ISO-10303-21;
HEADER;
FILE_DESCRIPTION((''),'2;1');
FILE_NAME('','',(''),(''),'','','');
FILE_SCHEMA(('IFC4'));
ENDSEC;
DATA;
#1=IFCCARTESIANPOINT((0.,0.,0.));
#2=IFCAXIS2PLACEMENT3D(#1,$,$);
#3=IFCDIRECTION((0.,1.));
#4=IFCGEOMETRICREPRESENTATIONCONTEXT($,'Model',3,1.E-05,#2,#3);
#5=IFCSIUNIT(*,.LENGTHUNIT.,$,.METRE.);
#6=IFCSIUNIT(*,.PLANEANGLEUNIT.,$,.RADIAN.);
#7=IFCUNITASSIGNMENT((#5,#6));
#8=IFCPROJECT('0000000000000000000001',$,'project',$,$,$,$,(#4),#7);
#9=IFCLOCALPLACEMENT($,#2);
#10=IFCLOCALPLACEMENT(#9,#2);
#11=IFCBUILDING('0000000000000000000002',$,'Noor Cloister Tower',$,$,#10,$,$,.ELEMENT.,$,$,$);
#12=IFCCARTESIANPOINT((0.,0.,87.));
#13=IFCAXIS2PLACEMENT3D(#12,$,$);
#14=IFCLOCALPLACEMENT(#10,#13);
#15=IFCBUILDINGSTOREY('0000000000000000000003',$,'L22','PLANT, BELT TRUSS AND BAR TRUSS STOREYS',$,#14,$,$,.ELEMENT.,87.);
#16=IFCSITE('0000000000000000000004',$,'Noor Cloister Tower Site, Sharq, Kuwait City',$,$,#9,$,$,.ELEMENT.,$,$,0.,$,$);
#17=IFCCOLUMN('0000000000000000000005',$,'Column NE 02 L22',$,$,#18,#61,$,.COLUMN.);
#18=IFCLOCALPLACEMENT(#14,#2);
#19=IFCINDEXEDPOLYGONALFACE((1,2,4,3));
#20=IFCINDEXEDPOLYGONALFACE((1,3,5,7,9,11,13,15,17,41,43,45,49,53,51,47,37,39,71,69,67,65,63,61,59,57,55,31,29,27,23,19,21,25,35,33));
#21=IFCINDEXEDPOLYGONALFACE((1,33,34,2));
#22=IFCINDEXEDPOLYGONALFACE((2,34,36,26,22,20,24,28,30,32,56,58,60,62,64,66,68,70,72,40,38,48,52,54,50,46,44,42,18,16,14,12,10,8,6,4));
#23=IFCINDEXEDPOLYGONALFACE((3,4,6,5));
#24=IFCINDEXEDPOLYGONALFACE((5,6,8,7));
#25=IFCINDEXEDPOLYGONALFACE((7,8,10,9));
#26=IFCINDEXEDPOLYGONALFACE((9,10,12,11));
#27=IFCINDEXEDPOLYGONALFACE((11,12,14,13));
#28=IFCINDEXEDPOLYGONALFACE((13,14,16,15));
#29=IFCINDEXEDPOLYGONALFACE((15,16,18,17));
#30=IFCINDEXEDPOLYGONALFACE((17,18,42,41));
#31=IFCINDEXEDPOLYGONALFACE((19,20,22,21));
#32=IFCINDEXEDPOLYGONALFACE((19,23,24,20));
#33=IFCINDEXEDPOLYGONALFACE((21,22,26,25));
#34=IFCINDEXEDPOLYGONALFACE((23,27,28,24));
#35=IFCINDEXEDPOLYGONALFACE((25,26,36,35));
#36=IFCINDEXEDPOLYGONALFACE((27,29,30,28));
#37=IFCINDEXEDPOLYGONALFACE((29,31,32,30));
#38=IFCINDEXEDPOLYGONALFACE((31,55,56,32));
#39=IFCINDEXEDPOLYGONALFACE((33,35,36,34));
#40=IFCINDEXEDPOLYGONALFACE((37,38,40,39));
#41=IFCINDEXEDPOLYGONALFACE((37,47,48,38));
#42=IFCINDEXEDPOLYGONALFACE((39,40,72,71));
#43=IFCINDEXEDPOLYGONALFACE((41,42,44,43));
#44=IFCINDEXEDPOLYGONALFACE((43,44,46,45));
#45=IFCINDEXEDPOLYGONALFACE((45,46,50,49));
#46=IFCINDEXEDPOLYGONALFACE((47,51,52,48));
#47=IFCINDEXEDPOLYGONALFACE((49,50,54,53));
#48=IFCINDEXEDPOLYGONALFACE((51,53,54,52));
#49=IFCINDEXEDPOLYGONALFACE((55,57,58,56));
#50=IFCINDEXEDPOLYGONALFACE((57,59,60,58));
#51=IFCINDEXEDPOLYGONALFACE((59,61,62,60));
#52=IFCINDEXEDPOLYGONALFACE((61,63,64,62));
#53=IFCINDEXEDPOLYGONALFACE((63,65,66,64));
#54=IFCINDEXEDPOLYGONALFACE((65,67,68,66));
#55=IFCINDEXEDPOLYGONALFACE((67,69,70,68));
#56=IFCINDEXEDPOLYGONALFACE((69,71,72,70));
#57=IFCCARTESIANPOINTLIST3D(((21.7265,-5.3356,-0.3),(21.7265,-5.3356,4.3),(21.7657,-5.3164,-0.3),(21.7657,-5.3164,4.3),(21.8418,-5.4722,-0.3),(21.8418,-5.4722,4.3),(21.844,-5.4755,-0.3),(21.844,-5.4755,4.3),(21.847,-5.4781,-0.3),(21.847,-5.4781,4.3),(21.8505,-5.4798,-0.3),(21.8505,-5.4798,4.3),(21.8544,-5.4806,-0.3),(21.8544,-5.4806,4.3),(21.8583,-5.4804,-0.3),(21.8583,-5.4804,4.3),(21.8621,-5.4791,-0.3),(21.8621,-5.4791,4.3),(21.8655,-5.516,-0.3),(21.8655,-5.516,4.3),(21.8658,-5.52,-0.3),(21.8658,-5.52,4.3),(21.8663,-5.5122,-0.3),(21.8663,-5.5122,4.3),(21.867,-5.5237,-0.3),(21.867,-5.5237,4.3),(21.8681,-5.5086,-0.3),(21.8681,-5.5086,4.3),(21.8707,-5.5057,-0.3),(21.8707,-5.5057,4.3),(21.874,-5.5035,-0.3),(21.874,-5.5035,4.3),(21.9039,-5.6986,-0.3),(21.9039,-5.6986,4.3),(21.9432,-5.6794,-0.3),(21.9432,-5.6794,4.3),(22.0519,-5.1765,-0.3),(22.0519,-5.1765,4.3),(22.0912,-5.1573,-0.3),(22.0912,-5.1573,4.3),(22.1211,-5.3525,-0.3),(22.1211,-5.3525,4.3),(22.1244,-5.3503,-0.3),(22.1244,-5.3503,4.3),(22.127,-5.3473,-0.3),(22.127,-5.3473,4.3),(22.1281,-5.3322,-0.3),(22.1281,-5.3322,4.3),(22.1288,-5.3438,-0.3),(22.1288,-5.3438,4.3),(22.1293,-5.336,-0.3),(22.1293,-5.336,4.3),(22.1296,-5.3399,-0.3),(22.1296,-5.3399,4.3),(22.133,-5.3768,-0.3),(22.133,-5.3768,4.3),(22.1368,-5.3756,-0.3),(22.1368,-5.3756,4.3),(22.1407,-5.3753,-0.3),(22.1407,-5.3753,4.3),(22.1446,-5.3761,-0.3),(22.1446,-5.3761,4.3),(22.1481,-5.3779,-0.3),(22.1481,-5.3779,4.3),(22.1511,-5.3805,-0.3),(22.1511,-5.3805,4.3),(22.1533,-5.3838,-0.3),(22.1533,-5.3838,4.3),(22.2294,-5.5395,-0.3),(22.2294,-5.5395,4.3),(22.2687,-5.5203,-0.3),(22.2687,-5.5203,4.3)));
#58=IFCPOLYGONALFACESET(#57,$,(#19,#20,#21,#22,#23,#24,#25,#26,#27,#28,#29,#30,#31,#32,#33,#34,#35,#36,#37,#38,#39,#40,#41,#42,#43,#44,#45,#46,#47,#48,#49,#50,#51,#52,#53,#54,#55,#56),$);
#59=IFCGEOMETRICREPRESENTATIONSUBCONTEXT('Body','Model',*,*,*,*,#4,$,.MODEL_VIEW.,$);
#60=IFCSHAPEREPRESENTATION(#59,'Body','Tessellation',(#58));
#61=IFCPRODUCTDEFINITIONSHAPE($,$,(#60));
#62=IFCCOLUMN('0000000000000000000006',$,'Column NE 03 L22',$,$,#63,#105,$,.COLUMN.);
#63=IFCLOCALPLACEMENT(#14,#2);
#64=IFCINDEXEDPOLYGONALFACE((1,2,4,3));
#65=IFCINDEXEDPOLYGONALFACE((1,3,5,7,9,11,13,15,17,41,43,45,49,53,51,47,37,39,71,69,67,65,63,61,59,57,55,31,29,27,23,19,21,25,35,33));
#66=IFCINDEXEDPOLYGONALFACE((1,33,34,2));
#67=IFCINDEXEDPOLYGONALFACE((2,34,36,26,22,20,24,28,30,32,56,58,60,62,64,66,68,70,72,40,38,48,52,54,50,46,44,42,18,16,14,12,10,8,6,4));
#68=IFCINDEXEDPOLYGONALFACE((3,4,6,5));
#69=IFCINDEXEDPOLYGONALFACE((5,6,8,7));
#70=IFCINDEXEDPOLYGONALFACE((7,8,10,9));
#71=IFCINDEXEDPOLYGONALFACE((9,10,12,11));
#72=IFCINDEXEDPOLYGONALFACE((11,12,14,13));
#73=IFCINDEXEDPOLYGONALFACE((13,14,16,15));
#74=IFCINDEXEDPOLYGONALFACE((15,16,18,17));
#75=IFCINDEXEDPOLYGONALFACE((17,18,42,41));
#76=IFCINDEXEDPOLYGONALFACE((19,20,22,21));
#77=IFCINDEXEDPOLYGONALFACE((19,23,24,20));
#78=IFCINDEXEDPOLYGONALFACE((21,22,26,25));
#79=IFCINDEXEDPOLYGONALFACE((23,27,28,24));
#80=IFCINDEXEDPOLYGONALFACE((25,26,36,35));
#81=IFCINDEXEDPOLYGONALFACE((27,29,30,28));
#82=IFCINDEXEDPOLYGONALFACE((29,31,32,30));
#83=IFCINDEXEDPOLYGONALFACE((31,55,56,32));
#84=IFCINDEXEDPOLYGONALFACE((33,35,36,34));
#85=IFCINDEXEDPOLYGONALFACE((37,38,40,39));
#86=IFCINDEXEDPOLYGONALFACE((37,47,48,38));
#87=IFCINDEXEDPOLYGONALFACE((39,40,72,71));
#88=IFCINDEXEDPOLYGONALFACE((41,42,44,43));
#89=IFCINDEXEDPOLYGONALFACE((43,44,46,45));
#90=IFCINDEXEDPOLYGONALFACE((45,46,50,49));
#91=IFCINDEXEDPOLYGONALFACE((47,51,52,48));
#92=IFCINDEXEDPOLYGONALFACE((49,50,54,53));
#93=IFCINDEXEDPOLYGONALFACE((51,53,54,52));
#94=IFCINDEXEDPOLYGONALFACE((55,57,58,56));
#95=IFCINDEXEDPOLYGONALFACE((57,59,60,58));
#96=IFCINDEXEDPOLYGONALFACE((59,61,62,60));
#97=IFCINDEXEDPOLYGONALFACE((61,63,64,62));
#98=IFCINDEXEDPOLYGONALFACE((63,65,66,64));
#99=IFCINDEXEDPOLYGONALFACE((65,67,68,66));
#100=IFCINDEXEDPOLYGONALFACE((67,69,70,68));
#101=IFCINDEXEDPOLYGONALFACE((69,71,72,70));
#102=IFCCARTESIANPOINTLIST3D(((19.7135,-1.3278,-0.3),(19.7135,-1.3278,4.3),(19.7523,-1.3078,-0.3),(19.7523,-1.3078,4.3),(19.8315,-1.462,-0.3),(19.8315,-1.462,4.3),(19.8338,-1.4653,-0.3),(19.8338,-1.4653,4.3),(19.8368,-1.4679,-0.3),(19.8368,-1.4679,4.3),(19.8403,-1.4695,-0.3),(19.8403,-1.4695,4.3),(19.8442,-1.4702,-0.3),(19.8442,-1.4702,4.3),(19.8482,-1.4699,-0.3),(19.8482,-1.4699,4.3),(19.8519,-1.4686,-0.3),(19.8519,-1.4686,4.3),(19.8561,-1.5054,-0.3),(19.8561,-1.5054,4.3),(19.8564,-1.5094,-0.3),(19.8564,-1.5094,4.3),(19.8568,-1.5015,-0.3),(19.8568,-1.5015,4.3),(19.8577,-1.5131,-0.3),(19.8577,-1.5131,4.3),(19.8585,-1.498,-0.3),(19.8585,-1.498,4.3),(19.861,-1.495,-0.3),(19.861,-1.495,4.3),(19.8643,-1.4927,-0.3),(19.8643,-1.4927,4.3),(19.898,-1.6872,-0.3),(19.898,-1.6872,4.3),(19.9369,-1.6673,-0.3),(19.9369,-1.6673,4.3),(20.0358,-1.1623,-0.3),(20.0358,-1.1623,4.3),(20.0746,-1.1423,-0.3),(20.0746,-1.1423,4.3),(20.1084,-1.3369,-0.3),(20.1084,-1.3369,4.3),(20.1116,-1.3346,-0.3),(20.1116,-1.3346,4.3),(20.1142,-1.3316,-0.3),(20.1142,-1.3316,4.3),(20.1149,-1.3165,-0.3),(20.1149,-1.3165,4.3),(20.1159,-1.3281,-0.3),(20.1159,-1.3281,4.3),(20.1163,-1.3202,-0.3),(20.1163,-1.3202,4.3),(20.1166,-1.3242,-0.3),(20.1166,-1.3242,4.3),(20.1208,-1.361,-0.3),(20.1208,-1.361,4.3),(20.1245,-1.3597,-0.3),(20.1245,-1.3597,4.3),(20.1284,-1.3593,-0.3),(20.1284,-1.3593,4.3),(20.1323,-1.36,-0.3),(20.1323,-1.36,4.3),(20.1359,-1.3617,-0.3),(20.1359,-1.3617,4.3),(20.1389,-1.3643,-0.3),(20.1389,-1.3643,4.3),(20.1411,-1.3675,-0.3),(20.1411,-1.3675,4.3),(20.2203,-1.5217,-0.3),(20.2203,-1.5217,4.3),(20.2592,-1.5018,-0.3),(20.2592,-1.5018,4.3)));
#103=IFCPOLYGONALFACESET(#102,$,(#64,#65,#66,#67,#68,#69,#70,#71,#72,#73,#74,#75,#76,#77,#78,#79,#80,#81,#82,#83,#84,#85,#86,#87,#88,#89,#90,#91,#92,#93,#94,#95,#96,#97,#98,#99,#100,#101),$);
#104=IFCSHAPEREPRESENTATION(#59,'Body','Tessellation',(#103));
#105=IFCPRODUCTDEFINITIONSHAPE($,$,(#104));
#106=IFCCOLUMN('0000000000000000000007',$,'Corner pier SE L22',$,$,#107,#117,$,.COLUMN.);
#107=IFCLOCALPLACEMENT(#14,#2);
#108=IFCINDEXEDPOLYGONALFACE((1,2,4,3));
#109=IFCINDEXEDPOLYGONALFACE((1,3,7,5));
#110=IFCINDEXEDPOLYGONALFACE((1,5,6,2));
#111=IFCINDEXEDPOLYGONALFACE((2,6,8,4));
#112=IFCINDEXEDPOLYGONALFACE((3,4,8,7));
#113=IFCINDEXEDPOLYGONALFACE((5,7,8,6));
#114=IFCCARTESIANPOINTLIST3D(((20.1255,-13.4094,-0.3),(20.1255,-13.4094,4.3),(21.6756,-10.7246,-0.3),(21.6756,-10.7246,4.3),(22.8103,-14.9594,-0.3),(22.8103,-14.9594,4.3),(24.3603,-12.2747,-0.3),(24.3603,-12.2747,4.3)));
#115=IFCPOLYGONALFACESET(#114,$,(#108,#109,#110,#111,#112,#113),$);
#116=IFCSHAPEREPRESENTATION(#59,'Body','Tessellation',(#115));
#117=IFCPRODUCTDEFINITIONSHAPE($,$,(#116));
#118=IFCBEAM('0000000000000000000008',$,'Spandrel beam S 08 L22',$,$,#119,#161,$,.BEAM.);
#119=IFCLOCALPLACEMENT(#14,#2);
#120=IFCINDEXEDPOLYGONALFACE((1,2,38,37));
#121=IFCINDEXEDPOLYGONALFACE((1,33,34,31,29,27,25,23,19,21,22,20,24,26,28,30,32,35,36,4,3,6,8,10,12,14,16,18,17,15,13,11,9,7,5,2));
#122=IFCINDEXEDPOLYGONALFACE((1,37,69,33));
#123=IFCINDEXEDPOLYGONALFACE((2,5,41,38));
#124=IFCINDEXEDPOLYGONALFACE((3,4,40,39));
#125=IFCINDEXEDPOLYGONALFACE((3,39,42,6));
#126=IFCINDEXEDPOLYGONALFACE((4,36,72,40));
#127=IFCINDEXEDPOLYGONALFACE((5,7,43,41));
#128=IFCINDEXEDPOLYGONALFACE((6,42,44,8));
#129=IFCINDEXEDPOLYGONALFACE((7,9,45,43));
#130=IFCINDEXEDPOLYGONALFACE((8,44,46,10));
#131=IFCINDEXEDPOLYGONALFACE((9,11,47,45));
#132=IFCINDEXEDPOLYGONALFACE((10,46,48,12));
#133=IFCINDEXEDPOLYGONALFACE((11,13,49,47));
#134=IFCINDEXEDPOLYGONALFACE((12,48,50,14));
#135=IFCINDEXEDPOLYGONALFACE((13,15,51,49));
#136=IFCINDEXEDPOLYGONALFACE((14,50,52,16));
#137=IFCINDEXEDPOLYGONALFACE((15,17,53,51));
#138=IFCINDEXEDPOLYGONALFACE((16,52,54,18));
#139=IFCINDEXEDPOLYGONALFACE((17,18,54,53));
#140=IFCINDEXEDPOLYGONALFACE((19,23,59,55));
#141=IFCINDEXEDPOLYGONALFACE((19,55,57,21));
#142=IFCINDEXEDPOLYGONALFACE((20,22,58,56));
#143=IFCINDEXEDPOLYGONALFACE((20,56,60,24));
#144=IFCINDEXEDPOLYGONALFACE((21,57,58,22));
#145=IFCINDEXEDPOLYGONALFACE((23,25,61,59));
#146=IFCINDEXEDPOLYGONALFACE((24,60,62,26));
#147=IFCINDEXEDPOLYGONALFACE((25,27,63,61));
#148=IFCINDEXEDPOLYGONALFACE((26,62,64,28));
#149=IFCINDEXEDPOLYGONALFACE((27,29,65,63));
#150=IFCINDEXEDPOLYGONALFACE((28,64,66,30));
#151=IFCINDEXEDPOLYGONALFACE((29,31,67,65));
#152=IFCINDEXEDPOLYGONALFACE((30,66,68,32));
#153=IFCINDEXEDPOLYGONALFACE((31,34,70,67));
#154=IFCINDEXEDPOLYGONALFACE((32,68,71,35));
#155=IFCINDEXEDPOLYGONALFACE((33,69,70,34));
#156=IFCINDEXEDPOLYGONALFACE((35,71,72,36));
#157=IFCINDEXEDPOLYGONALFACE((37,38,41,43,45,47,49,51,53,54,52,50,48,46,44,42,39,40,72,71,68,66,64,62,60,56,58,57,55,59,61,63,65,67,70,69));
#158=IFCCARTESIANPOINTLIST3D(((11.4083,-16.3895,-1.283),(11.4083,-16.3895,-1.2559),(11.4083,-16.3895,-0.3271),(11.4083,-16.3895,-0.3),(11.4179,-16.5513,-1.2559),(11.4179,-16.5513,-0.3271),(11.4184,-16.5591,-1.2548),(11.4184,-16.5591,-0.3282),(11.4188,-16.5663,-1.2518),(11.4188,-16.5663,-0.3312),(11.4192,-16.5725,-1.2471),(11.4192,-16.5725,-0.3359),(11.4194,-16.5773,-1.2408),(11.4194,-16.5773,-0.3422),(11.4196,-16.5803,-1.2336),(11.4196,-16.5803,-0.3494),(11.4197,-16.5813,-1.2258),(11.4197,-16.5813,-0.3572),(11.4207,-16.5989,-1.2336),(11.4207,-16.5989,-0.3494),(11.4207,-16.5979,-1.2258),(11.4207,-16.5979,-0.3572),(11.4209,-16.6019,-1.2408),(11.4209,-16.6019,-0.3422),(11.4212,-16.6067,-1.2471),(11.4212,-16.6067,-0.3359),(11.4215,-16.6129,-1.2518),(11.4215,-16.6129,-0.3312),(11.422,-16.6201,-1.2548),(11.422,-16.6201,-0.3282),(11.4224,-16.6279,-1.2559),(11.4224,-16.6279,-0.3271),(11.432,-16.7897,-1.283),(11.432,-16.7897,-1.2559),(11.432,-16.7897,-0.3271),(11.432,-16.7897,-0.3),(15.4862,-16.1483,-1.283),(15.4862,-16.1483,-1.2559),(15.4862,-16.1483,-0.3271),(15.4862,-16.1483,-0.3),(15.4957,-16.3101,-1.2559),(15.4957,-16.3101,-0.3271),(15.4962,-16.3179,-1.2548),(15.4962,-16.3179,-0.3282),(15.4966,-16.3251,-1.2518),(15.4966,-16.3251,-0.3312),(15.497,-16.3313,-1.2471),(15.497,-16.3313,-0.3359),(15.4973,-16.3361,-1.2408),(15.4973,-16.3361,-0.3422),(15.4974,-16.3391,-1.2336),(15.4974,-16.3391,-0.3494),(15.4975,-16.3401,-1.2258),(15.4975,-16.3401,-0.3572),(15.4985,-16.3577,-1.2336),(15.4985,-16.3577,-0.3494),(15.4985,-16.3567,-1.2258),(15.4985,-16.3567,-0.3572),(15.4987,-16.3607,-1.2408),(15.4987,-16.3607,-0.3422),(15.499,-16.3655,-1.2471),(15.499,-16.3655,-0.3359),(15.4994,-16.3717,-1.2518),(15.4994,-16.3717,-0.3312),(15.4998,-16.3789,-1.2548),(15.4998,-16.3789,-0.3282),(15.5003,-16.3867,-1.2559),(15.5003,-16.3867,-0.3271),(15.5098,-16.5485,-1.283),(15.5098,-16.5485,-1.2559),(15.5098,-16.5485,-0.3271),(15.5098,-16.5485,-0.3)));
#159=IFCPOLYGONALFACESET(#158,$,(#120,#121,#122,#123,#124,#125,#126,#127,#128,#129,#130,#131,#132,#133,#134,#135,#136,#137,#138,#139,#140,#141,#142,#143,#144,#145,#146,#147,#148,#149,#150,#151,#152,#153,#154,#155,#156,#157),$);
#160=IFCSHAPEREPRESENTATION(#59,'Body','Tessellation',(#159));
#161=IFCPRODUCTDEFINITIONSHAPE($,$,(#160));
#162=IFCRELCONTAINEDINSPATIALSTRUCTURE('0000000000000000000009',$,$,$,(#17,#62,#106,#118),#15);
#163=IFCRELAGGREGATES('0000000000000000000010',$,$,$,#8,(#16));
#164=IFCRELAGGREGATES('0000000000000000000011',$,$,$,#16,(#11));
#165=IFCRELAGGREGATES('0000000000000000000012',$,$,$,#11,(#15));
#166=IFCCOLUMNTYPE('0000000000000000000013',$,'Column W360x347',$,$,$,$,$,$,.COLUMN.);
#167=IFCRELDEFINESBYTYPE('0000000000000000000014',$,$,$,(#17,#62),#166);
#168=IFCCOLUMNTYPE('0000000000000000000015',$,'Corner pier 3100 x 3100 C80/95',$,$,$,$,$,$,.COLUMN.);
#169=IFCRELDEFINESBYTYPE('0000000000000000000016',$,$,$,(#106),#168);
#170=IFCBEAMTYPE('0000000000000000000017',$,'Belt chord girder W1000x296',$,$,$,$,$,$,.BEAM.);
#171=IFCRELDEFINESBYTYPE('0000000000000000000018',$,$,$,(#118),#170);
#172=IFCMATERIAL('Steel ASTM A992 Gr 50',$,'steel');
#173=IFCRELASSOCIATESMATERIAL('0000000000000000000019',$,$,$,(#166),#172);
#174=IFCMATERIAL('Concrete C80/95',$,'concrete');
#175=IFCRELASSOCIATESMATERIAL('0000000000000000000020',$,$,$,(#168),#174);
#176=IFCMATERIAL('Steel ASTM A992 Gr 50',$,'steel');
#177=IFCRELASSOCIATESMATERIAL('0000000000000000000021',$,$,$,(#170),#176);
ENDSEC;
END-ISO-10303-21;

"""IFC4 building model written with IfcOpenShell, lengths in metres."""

from ifc_helpers import new_model, si_unit, direction, frame, origin, origin_2d, place, context, subcontext, project, spatial, rectangle, i_section, extrude, material, material_profile, profile_set, type_object, element, save


model = new_model("IFC4")

# Units and contexts
model_context = context("Model", 3, precision=1e-05, world=origin(), true_north=direction((0.0, 1.0)))
body_context = subcontext(model_context, "Body", "Model", "MODEL_VIEW")
ifc_project = project(units=[si_unit("LENGTHUNIT", "METRE"), si_unit("PLANEANGLEUNIT", "RADIAN")], contexts=[model_context])

# Site, building, storey
site_placement = place(None, origin())
site = spatial("IfcSite", under=ifc_project, at=site_placement, Name="Noor Cloister Tower Site, Sharq, Kuwait City", CompositionType="ELEMENT", RefElevation=0.0)
building_placement = place(site_placement, origin())
building = spatial("IfcBuilding", under=site, at=building_placement, Name="Noor Cloister Tower", CompositionType="ELEMENT")
storey_placement = place(building_placement, frame((0.0, 0.0, 87.0)))
storey = spatial("IfcBuildingStorey", under=building, at=storey_placement, Name="L22", Description="PLANT, BELT TRUSS AND BAR TRUSS STOREYS", CompositionType="ELEMENT", Elevation=87.0)

# Columns
ifc_material_1 = material(Name="Steel ASTM A992 Gr 50", Category="steel")
ifc_material_profile_1 = material_profile(ifc_material_1, i_section(OverallWidth=0.4041, OverallDepth=0.406, WebThickness=0.0271, FlangeThickness=0.0437, FilletRadius=0.0151, at=origin_2d()), Name="W360x347")
ifc_profile_set_1 = profile_set([ifc_material_profile_1], Name="Steel ASTM A992 Gr 50")
column_type_1 = type_object("IfcColumnType", Name="Column W360x347", PredefinedType="COLUMN", material=ifc_profile_set_1)
for number, where, z_axis, x_axis, name in (
    (1, (21.9976, -5.428, -0.3), (0.0, 0.0, 1.0), (-0.439199, 0.89839, 0.0), "Column NE 02 L22"),
    (2, (19.9863, -1.4148, -0.3), (0.0, 0.0, 1.0), (-0.456796, 0.889571, 0.0), "Column NE 03 L22"),
):
    element("IfcColumn", number, at=place(storey_placement, frame(where, z_axis=z_axis, x_axis=x_axis)), inside=storey, type_object=column_type_1, Name=name, PredefinedType="COLUMN", context=body_context, shape_type="SweptSolid", body=[
        extrude(i_section(OverallWidth=0.4041, OverallDepth=0.406, WebThickness=0.0271, FlangeThickness=0.0437, FilletRadius=0.0151, at=origin_2d()), origin(), (0.0, 0.0, 1.0), 4.6001),
    ])
ifc_material_2 = material(Name="Concrete C80/95", Category="concrete")
ifc_material_profile_2 = material_profile(ifc_material_2, rectangle(XDim=3.1001, YDim=3.1001, at=origin_2d()), Name="RC 3100x3100")
ifc_profile_set_2 = profile_set([ifc_material_profile_2], Name="Concrete C80/95")
column_type_2 = type_object("IfcColumnType", Name="Corner pier 3100 x 3100 C80/95", PredefinedType="COLUMN", material=ifc_profile_set_2)
column_placement = place(storey_placement, frame((22.2429, -12.842, -0.3), z_axis=(0.0, 0.0, 1.0), x_axis=(0.866025, -0.5, 0.0)))
element("IfcColumn", 3, at=column_placement, inside=storey, type_object=column_type_2, Name="Corner pier SE L22", PredefinedType="COLUMN", context=body_context, shape_type="SweptSolid", body=[
    extrude(rectangle(XDim=3.1001, YDim=3.1001, at=origin_2d()), origin(), (0.0, 0.0, 1.0), 4.6001),
])

# Beam
ifc_material_3 = material(Name="Steel ASTM A992 Gr 50", Category="steel")
ifc_material_profile_3 = material_profile(ifc_material_3, i_section(OverallWidth=0.4009, OverallDepth=0.9829, WebThickness=0.0166, FlangeThickness=0.0271, FilletRadius=0.03, at=origin_2d()), Name="W1000x296")
ifc_profile_set_3 = profile_set([ifc_material_profile_3], Name="Steel ASTM A992 Gr 50")
beam_type_1 = type_object("IfcBeamType", Name="Belt chord girder W1000x296", PredefinedType="BEAM", material=ifc_profile_set_3)
for number, where, z_axis, x_axis, name in (
    (4, (11.4202, -16.5896, -0.7915), (0.998255, 0.059048, 0.0), (-0.059048, 0.998255, 0.0), "Spandrel beam S 08 L22"),
):
    element("IfcBeam", number, at=place(storey_placement, frame(where, z_axis=z_axis, x_axis=x_axis)), inside=storey, type_object=beam_type_1, Name=name, PredefinedType="BEAM", context=body_context, shape_type="SweptSolid", body=[
        extrude(i_section(OverallWidth=0.4009, OverallDepth=0.9829, WebThickness=0.0166, FlangeThickness=0.0271, FilletRadius=0.03, at=origin_2d()), origin(), (0.0, 0.0, 1.0), 4.085),
    ])

save(model, "model.ifc")
